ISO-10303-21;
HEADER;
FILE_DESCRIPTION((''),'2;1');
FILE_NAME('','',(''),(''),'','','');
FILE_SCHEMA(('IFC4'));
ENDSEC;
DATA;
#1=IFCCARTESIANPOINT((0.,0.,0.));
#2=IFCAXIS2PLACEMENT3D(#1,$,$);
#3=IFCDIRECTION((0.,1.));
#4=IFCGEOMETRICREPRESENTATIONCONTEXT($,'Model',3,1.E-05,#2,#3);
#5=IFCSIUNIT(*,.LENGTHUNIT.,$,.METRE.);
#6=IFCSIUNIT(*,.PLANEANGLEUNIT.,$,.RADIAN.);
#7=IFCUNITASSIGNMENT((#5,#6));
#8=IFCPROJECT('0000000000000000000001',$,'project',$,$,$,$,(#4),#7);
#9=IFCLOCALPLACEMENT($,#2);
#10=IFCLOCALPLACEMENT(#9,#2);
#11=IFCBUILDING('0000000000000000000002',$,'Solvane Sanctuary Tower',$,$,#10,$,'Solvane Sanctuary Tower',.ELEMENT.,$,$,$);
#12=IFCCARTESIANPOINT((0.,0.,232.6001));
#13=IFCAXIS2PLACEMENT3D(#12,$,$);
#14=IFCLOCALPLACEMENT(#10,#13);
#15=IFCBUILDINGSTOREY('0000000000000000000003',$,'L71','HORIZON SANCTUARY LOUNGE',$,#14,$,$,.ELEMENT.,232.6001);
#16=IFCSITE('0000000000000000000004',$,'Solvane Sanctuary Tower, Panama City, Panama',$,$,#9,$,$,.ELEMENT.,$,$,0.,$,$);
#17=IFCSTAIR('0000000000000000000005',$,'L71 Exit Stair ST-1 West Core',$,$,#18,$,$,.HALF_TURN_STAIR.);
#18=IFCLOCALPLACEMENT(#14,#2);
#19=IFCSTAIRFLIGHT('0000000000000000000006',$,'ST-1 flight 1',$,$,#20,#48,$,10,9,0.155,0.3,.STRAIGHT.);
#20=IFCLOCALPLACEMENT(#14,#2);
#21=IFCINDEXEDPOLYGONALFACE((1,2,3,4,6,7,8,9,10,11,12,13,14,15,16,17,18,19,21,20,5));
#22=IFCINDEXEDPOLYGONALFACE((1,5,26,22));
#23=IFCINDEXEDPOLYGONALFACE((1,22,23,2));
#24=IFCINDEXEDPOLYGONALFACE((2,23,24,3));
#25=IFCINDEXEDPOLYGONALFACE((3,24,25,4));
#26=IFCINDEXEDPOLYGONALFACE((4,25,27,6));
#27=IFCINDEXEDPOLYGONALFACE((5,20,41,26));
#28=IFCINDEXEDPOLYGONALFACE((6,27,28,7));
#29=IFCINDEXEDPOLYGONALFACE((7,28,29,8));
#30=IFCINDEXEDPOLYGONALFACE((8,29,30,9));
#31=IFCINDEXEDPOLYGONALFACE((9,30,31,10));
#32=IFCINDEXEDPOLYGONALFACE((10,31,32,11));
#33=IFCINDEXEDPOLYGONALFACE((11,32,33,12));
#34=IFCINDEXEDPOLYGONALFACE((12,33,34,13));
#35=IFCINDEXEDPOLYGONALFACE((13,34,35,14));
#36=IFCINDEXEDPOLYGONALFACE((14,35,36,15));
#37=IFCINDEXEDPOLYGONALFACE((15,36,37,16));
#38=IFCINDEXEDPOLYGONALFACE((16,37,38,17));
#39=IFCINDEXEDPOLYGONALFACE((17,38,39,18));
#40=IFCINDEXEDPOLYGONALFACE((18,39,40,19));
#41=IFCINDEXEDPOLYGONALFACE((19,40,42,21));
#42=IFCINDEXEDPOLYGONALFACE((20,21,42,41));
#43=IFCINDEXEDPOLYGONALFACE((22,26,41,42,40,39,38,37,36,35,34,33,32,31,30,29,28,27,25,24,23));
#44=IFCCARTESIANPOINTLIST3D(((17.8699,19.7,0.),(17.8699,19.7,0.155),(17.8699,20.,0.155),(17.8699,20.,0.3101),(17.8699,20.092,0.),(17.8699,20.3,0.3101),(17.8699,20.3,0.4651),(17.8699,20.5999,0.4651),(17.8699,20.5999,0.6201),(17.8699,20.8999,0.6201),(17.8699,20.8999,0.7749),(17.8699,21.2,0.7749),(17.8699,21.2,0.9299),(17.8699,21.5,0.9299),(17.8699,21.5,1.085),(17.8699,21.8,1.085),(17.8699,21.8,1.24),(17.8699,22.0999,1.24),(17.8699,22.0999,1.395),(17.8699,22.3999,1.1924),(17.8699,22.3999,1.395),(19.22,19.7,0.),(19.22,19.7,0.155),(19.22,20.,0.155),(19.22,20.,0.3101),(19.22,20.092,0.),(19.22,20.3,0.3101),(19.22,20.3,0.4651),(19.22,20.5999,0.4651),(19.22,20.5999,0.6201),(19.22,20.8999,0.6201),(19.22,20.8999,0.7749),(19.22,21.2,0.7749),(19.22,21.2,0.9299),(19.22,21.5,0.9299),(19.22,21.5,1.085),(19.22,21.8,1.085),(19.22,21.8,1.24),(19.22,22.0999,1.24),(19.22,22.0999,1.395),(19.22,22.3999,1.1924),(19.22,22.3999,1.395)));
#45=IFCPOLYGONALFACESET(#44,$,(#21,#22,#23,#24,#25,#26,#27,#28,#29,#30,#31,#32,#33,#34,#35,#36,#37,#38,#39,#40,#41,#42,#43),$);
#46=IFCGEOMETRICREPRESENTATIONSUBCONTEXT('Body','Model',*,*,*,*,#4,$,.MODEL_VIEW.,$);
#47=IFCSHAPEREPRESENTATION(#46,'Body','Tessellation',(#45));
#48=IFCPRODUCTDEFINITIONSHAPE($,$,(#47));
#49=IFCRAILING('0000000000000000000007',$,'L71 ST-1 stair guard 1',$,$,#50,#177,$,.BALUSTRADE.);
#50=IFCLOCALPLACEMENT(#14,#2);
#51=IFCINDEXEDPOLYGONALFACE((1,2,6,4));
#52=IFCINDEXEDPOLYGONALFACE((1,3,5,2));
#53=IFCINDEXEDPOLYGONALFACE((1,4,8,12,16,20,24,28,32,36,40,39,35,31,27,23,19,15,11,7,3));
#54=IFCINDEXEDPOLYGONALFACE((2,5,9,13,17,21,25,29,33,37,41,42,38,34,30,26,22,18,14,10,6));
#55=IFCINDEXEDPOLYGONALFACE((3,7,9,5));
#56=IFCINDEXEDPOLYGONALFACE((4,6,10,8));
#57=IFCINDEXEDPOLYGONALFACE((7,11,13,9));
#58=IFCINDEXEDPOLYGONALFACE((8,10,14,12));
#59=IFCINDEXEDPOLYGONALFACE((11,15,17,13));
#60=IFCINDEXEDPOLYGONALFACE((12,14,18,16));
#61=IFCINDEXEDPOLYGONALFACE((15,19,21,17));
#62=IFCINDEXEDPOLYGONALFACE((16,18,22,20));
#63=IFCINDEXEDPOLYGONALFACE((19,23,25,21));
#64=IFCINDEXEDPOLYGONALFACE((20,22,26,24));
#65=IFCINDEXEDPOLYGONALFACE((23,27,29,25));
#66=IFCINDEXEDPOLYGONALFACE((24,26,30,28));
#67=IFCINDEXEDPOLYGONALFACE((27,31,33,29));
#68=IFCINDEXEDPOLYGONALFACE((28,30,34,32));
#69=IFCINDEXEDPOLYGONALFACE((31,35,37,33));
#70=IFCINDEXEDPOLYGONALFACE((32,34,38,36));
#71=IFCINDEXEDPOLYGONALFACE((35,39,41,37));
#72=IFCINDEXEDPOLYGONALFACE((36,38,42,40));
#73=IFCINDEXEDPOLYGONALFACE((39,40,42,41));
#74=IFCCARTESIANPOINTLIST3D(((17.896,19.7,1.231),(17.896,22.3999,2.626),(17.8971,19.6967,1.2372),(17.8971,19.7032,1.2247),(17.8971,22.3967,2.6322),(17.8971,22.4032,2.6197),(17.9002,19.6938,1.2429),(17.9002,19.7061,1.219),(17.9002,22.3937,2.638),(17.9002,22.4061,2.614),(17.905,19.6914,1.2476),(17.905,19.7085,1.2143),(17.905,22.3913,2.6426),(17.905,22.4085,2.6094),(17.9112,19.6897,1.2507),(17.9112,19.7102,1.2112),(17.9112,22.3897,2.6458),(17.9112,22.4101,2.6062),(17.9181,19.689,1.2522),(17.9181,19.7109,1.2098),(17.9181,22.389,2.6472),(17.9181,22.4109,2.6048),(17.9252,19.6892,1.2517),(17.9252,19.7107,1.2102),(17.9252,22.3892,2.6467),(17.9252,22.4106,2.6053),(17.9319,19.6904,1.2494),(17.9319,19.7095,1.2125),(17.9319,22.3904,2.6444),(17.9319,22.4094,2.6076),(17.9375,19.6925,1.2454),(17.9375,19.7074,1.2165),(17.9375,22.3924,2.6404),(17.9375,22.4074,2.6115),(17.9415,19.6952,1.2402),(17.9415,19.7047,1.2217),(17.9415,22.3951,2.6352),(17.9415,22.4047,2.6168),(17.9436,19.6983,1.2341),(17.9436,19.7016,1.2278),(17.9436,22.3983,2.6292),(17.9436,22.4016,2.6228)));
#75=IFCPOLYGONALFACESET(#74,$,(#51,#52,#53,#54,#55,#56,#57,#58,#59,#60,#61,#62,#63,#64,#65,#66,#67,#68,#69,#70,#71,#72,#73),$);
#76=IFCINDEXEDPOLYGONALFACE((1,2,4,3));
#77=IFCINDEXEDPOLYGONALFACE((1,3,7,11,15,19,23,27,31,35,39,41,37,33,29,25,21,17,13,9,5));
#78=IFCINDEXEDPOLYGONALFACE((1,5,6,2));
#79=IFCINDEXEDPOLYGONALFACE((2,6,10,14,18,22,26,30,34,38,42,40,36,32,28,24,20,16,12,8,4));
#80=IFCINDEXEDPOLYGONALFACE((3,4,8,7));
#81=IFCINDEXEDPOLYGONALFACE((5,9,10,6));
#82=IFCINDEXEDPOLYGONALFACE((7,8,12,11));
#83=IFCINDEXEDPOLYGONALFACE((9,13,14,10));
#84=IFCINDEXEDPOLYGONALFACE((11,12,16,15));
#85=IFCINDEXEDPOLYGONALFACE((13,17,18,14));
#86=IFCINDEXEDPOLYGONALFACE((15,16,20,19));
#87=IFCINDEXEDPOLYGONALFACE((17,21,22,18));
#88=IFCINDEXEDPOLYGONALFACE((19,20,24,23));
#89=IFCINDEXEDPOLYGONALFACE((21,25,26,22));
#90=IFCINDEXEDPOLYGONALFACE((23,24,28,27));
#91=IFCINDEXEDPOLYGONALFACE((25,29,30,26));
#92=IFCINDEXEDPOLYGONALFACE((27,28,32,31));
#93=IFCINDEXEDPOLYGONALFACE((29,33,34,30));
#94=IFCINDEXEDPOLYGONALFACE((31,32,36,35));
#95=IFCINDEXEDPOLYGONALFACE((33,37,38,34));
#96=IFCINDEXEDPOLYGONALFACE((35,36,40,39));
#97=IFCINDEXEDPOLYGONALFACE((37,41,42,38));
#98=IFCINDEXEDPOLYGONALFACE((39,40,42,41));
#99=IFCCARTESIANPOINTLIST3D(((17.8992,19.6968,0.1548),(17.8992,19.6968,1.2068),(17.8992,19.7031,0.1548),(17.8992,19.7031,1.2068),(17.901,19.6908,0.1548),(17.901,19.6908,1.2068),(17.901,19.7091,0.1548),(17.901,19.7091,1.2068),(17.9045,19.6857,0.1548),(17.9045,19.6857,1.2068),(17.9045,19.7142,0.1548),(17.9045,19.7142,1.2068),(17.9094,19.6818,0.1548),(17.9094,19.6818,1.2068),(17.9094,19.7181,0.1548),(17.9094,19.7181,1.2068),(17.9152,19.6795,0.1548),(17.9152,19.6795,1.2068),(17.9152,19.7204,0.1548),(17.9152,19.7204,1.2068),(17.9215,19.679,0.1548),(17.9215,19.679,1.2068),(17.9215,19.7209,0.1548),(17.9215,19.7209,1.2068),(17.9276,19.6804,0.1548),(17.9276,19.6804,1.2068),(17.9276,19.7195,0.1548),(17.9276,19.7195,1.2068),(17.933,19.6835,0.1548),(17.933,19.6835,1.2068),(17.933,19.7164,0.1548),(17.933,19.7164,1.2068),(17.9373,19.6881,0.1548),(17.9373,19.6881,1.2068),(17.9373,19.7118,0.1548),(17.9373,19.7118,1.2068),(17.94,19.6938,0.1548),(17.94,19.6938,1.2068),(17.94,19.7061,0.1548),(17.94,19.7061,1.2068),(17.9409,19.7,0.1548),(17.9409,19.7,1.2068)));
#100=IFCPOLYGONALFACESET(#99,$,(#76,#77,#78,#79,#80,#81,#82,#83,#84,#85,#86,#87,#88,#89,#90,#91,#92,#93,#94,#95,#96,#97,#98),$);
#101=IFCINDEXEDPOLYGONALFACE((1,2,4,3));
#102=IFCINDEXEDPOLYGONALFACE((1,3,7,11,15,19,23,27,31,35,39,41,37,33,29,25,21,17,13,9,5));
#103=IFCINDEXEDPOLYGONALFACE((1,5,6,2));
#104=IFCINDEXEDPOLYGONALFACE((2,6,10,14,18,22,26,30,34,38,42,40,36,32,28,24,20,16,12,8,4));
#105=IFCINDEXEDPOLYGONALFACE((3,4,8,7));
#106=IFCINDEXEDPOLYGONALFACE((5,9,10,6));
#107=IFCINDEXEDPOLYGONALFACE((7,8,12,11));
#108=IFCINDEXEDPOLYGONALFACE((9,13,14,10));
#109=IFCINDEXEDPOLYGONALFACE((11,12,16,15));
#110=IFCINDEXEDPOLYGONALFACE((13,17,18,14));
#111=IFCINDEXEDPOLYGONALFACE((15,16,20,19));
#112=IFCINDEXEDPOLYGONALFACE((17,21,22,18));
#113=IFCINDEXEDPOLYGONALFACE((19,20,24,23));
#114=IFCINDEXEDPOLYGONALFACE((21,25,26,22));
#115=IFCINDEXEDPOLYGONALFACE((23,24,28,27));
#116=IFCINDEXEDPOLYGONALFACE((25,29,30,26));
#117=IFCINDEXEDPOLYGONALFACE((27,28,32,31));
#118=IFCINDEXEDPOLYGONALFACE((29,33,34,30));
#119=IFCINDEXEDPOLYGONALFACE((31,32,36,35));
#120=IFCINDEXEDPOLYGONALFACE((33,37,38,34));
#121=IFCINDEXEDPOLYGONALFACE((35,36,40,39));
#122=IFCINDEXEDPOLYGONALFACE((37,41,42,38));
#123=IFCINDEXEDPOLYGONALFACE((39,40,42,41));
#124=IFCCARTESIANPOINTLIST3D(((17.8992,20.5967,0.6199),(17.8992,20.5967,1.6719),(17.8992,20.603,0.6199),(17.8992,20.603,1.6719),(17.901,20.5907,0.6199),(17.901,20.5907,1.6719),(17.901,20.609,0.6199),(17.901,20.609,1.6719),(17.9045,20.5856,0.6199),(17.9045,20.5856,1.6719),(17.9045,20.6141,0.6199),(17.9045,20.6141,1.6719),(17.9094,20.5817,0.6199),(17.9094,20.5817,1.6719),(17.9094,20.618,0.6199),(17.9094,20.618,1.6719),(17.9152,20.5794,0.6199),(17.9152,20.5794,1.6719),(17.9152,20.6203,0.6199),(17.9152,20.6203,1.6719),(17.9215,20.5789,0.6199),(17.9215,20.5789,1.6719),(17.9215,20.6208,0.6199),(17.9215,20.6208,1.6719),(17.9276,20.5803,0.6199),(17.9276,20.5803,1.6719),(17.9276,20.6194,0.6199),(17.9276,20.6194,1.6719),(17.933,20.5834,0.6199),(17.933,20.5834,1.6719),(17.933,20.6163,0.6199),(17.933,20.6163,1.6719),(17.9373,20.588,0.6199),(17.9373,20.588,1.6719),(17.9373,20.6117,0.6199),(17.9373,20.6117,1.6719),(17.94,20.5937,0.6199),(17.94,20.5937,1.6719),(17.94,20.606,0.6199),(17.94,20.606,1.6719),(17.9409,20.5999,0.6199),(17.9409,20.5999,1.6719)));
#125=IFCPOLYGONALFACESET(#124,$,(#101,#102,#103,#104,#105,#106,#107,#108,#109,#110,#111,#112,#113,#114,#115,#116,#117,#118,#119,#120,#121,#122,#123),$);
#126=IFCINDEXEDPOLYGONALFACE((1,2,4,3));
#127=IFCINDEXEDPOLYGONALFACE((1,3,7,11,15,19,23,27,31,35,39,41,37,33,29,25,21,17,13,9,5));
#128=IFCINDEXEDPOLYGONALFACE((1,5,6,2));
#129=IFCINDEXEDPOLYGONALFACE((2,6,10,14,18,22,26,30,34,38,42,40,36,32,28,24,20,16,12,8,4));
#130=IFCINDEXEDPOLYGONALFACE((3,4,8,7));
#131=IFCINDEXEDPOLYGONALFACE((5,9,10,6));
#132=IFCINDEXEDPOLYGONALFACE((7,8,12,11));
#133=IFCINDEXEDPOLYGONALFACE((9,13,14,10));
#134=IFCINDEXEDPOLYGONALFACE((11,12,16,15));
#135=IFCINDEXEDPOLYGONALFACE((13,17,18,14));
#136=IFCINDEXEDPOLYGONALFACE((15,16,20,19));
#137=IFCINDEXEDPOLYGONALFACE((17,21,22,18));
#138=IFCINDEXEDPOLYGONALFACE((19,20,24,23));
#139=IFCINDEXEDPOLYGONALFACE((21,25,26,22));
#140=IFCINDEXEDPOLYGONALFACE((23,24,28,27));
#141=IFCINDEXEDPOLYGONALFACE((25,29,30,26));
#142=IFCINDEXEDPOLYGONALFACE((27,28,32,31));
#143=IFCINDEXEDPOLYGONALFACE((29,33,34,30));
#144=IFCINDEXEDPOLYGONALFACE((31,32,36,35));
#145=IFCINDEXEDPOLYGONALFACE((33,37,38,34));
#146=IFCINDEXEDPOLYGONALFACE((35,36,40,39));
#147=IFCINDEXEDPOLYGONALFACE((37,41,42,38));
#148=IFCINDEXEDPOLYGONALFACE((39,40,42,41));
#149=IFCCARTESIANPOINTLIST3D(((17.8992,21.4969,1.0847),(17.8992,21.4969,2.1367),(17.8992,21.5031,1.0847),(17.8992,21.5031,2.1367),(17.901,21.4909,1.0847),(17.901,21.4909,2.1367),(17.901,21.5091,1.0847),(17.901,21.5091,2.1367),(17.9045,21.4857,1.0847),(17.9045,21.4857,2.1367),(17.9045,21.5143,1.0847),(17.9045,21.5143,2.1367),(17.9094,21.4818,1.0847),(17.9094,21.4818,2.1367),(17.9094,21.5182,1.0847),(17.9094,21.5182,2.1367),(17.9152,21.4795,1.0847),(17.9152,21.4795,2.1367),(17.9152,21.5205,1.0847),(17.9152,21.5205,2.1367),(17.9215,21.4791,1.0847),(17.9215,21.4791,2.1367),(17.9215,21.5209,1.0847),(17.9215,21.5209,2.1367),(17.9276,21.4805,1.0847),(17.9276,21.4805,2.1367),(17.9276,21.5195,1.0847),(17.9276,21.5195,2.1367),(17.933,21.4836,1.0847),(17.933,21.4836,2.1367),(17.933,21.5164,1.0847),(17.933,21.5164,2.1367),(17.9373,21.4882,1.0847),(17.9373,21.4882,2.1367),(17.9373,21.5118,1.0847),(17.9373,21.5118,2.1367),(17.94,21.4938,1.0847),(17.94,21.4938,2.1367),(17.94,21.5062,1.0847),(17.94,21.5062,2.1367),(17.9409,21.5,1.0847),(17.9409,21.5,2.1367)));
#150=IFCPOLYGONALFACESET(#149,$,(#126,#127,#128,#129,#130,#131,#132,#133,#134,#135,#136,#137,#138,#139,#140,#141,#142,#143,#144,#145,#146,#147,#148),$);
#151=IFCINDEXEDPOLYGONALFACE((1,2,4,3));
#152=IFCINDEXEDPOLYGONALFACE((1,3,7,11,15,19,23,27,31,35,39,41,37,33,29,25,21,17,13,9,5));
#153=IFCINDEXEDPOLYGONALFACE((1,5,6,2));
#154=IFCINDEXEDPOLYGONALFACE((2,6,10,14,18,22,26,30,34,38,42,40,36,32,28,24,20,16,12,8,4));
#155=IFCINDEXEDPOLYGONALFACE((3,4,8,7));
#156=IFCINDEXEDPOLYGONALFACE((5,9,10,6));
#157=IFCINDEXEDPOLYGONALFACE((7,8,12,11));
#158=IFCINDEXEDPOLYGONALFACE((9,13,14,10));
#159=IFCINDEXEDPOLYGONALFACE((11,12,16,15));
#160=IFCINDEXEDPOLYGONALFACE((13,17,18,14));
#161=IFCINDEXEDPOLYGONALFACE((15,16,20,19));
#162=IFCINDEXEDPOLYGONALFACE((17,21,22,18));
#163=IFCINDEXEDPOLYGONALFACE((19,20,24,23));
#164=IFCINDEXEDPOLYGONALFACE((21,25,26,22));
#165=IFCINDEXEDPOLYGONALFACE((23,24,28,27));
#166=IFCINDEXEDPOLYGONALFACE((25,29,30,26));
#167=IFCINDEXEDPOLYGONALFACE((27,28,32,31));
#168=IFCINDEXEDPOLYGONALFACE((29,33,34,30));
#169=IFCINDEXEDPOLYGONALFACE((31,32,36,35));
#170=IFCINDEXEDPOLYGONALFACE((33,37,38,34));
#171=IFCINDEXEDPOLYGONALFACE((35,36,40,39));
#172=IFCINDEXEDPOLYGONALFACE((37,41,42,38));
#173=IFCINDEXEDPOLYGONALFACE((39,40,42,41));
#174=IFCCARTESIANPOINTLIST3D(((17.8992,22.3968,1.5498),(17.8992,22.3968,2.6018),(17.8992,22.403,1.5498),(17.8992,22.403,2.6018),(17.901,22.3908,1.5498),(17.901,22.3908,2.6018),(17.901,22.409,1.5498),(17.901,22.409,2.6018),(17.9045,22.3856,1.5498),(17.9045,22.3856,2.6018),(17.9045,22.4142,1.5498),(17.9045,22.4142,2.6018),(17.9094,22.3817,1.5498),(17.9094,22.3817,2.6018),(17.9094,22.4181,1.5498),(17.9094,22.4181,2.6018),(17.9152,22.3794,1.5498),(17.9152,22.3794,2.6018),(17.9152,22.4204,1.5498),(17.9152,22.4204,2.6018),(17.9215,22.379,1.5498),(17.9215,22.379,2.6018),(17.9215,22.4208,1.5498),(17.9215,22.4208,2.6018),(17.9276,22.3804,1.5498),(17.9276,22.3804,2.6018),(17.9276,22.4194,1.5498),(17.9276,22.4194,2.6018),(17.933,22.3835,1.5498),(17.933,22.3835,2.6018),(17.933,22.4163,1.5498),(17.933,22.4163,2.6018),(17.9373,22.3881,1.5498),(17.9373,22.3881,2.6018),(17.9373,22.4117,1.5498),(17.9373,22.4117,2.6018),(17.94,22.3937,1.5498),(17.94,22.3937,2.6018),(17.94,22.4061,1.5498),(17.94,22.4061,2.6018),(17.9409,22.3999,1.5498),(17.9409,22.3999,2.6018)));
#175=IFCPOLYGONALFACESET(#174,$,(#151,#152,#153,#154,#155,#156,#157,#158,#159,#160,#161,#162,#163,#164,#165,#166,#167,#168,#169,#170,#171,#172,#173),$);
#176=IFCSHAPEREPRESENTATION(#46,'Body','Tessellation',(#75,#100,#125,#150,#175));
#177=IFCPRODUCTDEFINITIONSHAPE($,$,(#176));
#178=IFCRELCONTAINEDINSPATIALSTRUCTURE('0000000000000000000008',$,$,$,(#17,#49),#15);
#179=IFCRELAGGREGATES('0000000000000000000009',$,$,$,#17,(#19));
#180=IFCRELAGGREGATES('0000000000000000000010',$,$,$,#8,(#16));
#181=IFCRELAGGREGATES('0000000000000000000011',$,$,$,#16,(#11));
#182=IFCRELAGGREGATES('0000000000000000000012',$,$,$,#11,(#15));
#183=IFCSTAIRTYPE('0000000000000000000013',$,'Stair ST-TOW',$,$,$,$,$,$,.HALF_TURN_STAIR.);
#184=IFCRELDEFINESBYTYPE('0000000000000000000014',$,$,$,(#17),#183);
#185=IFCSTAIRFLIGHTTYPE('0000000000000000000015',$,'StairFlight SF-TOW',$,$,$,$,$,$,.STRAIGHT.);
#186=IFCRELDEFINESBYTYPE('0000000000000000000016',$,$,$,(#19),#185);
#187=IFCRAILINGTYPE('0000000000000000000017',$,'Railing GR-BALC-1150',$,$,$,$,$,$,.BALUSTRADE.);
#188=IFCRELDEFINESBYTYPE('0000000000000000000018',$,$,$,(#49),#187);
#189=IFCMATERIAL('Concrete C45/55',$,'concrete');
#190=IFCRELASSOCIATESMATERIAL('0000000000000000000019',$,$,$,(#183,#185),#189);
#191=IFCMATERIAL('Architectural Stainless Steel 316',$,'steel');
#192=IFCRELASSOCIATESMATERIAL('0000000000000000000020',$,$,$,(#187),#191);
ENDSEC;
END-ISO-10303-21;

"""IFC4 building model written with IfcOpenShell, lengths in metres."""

from ifc_helpers import new_model, si_unit, direction, frame, origin, origin_2d, place, context, subcontext, project, spatial, polyline, circle, outline, extrude, material, type_object, element, aggregate, save


model = new_model("IFC4")

# Units and contexts
model_context = context("Model", 3, precision=1e-05, world=origin(), true_north=direction((0.0, 1.0)))
body_context = subcontext(model_context, "Body", "Model", "MODEL_VIEW")
ifc_project = project(units=[si_unit("LENGTHUNIT", "METRE"), si_unit("PLANEANGLEUNIT", "RADIAN")], contexts=[model_context])

# Site, building, storey
site_placement = place(None, origin())
site = spatial("IfcSite", under=ifc_project, at=site_placement, Name="Solvane Sanctuary Tower, Panama City, Panama", CompositionType="ELEMENT", RefElevation=0.0)
building_placement = place(site_placement, origin())
building = spatial("IfcBuilding", under=site, at=building_placement, Name="Solvane Sanctuary Tower", LongName="Solvane Sanctuary Tower", CompositionType="ELEMENT")
storey_placement = place(building_placement, frame((0.0, 0.0, 232.6001)))
storey = spatial("IfcBuildingStorey", under=building, at=storey_placement, Name="L71", Description="HORIZON SANCTUARY LOUNGE", CompositionType="ELEMENT", Elevation=232.6001)

# Shared definitions
ifc_material_1 = material(Name="Architectural Stainless Steel 316", Category="steel")

# Stair, stair flight
ifc_material_2 = material(Name="Concrete C45/55", Category="concrete")
stair_type = type_object("IfcStairType", Name="Stair ST-TOW", PredefinedType="HALF_TURN_STAIR", material=ifc_material_2)
stair_placement = place(storey_placement, origin())
stair = element("IfcStair", 1, at=stair_placement, inside=storey, type_object=stair_type, Name="L71 Exit Stair ST-1 West Core", PredefinedType="HALF_TURN_STAIR")
stair_flight_type = type_object("IfcStairFlightType", Name="StairFlight SF-TOW", PredefinedType="STRAIGHT", material=ifc_material_2)
stair_flight_placement = place(storey_placement, frame((18.5449, 19.7, 0.0), z_axis=(0.0, 0.0, 1.0), x_axis=(0.0, 1.0, 0.0)))
stair_flight = element("IfcStairFlight", 2, at=stair_flight_placement, type_object=stair_flight_type, Name="ST-1 flight 1", NumberOfRisers=10, NumberOfTreads=9, PredefinedType="STRAIGHT", RiserHeight=0.155, TreadLength=0.3, context=body_context, shape_type="SweptSolid", body=[
    extrude(outline(polyline([(0.0, 0.0), (0.0, 0.155), (0.3, 0.155), (0.3, 0.3101), (0.6001, 0.3101), (0.6001, 0.4651), (0.8999, 0.4651), (0.8999, 0.6201), (1.2, 0.6201), (1.2, 0.7749), (1.5, 0.7749), (1.5, 0.9299), (1.8, 0.9299), (1.8, 1.085), (2.1001, 1.085), (2.1001, 1.24), (2.3999, 1.24), (2.3999, 1.395), (2.7, 1.395), (2.7, 1.55), (2.7, 1.1924), (0.3921, 0.0), (0.0, 0.0)])), frame((0.0, 0.675, 0.0), z_axis=(0.0, -1.0, 0.0), x_axis=(1.0, 0.0, 0.0)), (0.0, 0.0, 1.0), 1.3501),
])
aggregate(stair, [stair_flight])

# Railing
railing_type_1 = type_object("IfcRailingType", Name="Railing GR-BALC-1150", PredefinedType="BALUSTRADE", material=ifc_material_1)
railing_1_placement = place(storey_placement, frame((17.9199, 19.7, 0.1548)))
element("IfcRailing", 3, at=railing_1_placement, inside=storey, type_object=railing_type_1, Name="L71 ST-1 stair guard 1", PredefinedType="BALUSTRADE", context=body_context, shape_type="SweptSolid", body=[
    extrude(circle(Radius=0.0239, at=origin_2d()), frame((0.0, 0.0, 1.0762), z_axis=(0.0, 0.88842, 0.459032), x_axis=(-1.0, 0.0, 0.0)), (0.0, 0.0, 1.0), 3.0391),
    extrude(circle(Radius=0.021, at=origin_2d()), origin(), (0.0, 0.0, 1.0), 1.052),
    extrude(circle(Radius=0.021, at=origin_2d()), frame((0.0, 0.8999, 0.4651)), (0.0, 0.0, 1.0), 1.052),
    extrude(circle(Radius=0.021, at=origin_2d()), frame((0.0, 1.8, 0.9299)), (0.0, 0.0, 1.0), 1.052),
    extrude(circle(Radius=0.021, at=origin_2d()), frame((0.0, 2.7, 1.395)), (0.0, 0.0, 1.0), 1.052),
])

save(model, "model.ifc")
